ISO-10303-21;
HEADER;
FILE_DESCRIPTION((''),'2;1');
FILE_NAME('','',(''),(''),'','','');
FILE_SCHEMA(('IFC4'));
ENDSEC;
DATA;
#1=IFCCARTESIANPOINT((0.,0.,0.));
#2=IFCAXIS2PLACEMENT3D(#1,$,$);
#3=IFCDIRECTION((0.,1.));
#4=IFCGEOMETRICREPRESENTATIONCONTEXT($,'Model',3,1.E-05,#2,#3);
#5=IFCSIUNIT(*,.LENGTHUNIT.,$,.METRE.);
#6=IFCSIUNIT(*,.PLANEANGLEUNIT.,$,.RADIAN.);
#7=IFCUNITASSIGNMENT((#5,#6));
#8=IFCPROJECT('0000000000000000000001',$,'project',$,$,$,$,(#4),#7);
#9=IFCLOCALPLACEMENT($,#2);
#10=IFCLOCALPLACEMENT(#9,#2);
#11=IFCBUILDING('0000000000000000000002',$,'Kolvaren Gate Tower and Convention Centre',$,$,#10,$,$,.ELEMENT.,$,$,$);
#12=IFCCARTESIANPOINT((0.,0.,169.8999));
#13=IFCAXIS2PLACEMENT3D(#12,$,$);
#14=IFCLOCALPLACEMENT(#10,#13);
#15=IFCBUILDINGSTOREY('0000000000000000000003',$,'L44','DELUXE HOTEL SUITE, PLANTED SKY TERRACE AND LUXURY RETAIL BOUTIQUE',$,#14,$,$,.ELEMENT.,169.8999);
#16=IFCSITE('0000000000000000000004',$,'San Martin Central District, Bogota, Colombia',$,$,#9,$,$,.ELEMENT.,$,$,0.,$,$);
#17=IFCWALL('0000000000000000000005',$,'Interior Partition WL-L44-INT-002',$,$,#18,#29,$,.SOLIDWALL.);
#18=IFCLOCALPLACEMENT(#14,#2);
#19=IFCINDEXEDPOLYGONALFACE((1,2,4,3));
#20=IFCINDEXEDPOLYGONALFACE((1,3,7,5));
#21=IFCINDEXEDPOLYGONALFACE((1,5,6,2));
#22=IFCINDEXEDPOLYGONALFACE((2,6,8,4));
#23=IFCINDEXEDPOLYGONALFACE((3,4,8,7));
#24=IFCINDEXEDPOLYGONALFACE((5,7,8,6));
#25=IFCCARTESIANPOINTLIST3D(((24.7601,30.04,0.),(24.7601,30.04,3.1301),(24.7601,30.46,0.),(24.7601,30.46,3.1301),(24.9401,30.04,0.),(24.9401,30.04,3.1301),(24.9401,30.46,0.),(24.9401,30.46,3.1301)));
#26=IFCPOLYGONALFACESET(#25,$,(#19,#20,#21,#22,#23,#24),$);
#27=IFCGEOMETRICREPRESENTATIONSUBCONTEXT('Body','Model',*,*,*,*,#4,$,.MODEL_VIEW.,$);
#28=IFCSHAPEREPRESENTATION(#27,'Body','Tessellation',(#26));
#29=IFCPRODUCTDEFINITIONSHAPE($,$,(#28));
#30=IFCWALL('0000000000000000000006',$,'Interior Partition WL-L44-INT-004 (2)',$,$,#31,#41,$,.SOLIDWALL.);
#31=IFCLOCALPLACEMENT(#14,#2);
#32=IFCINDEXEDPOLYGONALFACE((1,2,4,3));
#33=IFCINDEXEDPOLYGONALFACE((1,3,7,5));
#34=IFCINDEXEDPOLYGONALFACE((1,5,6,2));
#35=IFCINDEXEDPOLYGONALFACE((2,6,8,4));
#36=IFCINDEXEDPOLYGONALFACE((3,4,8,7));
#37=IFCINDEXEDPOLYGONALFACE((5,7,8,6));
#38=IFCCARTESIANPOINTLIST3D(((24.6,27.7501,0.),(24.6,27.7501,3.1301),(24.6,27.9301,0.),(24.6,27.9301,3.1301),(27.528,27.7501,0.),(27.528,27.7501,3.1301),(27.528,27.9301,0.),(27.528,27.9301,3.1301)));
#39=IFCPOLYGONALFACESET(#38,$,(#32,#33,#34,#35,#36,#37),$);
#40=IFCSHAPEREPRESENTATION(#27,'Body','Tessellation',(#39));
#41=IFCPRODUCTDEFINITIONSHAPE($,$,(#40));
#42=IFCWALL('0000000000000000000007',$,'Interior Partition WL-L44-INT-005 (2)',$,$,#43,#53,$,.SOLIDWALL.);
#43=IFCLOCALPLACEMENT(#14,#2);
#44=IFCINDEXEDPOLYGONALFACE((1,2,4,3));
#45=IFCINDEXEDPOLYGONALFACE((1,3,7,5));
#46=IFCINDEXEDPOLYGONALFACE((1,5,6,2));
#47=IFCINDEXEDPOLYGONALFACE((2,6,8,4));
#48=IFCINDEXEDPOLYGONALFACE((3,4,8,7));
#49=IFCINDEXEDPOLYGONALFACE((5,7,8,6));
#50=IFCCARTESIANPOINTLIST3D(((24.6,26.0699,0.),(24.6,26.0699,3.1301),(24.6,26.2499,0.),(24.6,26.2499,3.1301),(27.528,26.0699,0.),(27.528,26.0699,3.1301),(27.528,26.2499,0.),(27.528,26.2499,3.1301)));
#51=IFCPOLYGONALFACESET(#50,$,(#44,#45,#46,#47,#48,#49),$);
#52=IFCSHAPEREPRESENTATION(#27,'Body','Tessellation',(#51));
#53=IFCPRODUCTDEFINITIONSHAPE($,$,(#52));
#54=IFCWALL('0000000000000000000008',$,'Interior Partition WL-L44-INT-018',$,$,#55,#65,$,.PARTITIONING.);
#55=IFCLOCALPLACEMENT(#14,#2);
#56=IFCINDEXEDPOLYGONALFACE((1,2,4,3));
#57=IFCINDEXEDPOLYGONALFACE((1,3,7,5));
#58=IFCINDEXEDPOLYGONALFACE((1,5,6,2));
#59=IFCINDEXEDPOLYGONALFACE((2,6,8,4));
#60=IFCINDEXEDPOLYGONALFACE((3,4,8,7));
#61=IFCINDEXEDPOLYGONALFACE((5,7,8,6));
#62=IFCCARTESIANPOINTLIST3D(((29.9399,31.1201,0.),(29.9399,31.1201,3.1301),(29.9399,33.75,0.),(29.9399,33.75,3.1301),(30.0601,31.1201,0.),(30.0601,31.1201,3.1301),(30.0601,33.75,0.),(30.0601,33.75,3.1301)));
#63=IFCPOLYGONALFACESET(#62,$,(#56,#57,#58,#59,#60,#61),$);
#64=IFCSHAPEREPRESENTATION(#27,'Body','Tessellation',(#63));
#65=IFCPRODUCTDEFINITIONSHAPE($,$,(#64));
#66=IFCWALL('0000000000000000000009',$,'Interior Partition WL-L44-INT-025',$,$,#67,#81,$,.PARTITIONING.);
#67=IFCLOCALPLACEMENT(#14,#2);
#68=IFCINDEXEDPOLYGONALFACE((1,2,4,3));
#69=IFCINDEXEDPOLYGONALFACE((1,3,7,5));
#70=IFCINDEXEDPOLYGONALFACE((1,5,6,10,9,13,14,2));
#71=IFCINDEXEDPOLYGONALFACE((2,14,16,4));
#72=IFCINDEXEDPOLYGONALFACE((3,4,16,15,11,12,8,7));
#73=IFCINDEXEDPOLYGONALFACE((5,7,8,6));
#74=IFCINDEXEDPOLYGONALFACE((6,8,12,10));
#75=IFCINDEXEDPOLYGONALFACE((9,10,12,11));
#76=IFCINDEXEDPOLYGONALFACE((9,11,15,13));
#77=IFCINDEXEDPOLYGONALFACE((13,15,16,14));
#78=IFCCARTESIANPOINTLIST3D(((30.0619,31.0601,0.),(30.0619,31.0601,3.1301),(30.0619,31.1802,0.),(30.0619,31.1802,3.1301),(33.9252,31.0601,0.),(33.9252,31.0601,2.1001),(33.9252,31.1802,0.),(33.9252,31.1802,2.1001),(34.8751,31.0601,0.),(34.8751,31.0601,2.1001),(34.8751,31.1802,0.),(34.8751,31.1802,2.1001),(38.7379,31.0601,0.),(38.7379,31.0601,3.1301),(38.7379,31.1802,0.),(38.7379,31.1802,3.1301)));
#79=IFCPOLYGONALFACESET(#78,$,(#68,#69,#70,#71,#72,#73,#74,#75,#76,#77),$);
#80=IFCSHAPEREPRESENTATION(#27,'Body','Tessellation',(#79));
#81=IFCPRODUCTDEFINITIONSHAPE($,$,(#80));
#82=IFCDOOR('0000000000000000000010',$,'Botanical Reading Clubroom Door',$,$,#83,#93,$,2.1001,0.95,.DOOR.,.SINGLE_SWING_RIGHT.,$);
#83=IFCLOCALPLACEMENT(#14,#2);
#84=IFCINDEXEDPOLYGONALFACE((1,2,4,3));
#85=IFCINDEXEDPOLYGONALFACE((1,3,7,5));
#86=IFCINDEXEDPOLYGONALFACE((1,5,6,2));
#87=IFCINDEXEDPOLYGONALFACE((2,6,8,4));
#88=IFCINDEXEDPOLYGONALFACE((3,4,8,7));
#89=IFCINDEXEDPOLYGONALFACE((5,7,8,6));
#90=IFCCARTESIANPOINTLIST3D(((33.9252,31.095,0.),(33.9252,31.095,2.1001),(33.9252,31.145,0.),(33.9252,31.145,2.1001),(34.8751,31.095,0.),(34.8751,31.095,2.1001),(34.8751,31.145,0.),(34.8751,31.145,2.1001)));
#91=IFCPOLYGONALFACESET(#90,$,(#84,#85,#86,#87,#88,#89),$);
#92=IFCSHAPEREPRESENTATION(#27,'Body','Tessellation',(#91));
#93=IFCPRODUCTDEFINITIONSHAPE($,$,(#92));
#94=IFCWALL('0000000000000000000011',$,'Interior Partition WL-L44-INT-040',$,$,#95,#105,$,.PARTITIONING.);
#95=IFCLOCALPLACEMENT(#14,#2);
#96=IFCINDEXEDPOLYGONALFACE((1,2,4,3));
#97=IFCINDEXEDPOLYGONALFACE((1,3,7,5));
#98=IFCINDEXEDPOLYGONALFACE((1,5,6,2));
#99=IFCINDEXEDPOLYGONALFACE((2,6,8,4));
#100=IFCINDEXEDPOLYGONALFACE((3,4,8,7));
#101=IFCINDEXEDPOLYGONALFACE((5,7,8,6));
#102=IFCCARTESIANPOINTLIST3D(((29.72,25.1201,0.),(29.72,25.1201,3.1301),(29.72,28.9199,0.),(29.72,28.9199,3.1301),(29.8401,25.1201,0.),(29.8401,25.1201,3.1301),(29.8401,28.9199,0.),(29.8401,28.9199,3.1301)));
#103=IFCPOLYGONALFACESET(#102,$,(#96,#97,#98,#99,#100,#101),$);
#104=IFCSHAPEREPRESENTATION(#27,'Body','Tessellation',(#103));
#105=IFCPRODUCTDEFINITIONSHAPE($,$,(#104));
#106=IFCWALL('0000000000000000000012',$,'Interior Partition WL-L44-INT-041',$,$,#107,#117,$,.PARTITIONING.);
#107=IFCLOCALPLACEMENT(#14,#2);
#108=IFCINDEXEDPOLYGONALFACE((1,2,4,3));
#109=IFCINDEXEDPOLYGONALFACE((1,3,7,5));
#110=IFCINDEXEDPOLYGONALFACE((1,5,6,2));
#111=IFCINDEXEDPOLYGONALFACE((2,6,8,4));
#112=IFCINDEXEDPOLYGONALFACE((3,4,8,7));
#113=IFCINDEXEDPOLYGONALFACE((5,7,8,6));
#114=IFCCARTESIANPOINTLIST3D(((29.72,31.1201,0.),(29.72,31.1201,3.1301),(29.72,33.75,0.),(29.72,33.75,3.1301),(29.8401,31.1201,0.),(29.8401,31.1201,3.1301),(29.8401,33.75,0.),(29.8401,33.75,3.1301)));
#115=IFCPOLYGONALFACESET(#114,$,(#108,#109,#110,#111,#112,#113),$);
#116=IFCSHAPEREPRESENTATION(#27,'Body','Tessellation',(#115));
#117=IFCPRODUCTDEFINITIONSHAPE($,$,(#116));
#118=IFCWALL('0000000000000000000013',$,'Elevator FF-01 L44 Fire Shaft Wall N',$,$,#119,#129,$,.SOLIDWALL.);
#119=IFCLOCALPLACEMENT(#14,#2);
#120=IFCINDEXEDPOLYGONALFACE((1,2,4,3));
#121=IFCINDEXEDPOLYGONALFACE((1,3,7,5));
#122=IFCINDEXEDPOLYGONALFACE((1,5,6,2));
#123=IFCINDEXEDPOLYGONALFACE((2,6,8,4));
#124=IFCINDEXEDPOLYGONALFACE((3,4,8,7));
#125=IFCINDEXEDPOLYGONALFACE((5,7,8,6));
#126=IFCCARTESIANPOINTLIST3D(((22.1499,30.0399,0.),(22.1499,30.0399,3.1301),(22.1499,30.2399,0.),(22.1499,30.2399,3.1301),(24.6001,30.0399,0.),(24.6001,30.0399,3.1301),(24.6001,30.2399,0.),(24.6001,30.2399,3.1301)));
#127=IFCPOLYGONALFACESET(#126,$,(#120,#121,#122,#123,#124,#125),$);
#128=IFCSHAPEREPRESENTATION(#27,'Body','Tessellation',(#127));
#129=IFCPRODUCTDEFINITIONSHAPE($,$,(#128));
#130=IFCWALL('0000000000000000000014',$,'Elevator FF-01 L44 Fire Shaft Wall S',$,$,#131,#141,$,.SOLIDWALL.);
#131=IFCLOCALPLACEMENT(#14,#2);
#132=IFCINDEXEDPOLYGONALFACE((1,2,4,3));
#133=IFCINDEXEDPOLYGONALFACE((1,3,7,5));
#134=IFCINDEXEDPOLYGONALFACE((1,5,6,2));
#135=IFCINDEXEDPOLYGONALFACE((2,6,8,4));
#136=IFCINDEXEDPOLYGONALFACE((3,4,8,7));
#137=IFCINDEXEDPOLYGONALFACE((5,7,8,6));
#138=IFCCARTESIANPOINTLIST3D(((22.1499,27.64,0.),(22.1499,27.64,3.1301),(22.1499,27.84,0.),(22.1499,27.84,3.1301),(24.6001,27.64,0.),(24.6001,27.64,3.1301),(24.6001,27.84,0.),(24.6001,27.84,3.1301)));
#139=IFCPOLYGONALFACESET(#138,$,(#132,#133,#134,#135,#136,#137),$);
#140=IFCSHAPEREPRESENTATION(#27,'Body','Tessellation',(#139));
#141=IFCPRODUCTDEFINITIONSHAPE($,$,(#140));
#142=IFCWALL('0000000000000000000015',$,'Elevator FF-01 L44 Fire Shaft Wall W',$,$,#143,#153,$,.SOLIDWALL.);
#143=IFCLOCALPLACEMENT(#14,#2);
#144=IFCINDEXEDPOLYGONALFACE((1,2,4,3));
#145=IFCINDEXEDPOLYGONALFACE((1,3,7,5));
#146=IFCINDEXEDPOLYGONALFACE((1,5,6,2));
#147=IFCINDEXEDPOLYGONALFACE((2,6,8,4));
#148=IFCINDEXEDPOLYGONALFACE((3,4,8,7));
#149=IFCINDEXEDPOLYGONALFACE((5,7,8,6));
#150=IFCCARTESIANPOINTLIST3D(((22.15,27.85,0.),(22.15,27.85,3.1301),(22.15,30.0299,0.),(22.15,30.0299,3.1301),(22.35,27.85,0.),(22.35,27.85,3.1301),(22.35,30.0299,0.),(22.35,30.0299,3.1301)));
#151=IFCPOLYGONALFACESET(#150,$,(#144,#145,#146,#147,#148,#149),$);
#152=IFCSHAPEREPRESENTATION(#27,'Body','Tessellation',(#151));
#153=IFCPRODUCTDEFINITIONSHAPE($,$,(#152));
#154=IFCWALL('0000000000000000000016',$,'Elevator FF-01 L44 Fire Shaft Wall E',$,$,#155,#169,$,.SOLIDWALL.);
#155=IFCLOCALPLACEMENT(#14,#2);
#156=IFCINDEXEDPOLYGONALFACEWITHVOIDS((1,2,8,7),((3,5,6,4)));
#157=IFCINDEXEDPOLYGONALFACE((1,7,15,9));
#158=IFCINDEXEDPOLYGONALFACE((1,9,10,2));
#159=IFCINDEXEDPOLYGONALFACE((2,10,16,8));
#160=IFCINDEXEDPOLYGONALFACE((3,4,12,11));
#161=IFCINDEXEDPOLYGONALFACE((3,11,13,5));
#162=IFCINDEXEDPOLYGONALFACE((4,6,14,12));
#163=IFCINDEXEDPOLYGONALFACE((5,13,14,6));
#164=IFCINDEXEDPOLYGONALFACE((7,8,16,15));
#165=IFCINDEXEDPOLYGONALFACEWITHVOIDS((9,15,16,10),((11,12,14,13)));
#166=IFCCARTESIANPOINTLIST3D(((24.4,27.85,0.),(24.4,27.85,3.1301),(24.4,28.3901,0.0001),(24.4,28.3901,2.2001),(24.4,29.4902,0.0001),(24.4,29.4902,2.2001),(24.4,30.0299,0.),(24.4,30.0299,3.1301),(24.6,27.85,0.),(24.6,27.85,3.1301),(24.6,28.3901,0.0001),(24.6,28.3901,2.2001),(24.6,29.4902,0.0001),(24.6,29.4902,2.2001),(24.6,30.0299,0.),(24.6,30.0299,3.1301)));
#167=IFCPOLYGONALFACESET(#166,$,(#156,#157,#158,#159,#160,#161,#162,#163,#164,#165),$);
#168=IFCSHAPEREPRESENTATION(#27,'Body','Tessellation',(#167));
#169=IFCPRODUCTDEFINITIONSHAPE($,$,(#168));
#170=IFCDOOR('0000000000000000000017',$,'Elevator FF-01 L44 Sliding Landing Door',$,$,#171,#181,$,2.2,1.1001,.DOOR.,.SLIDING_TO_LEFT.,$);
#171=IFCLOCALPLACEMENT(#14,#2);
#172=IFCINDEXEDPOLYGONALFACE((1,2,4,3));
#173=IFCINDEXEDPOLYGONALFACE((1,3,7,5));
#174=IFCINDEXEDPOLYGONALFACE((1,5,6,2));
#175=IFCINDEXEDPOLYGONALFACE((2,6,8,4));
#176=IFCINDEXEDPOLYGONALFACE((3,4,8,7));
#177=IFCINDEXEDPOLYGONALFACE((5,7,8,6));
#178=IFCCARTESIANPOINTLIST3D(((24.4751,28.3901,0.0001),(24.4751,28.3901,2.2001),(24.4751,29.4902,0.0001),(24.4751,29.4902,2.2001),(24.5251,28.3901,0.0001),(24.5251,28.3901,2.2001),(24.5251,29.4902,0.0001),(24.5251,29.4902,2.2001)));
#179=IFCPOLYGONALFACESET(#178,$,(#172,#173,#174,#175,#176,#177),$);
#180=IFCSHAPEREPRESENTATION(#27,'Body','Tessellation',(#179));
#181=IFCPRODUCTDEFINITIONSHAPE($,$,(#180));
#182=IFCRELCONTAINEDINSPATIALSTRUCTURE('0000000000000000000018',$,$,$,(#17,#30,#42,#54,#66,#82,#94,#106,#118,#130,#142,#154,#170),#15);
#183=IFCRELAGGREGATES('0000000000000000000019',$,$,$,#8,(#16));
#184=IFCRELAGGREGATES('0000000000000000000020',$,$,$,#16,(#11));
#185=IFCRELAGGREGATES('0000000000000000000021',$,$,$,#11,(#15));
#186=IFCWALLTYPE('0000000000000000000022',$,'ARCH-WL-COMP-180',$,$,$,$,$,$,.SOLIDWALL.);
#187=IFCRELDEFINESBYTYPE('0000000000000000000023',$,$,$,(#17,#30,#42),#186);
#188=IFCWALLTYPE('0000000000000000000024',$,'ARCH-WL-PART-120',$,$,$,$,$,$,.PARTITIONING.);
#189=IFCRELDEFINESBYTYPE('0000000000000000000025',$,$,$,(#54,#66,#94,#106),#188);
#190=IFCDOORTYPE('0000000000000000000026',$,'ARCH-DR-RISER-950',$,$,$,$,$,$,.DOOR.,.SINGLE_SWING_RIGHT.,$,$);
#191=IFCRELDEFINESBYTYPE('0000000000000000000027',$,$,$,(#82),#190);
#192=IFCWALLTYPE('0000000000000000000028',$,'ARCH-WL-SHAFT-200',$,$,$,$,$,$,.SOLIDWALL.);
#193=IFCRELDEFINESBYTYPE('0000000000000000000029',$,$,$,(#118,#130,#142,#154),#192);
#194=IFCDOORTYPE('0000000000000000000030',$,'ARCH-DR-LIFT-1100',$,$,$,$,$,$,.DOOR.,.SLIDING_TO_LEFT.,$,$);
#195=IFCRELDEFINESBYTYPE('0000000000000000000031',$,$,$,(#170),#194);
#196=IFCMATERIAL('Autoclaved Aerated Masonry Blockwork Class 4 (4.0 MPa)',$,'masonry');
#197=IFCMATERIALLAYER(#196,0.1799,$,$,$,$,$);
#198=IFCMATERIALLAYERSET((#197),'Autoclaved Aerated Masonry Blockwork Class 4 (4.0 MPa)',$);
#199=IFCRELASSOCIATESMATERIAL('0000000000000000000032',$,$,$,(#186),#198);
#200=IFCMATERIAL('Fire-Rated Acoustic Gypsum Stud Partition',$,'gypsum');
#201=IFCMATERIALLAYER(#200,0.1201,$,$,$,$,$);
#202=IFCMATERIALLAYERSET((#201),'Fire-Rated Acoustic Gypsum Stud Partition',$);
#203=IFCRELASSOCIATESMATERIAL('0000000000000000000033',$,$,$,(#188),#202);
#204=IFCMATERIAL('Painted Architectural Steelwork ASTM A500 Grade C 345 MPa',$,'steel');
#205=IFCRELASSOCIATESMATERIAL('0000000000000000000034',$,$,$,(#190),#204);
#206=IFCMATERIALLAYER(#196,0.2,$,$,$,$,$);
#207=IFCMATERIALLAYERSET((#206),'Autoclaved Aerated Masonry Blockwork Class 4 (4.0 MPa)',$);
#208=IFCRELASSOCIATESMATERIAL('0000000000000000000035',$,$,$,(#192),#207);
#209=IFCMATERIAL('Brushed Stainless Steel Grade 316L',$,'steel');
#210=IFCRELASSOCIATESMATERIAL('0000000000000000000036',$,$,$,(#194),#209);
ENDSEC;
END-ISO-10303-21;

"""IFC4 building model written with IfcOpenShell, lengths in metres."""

from ifc_helpers import new_model, si_unit, direction, frame, frame_2d, origin, place, context, subcontext, project, spatial, rectangle, extrude, material, layer, layer_set, type_object, element, fill, save


model = new_model("IFC4")

# Units and contexts
model_context = context("Model", 3, precision=1e-05, world=origin(), true_north=direction((0.0, 1.0)))
body_context = subcontext(model_context, "Body", "Model", "MODEL_VIEW")
ifc_project = project(units=[si_unit("LENGTHUNIT", "METRE"), si_unit("PLANEANGLEUNIT", "RADIAN")], contexts=[model_context])

# Site, building, storey
site_placement = place(None, origin())
site = spatial("IfcSite", under=ifc_project, at=site_placement, Name="San Martin Central District, Bogota, Colombia", CompositionType="ELEMENT", RefElevation=0.0)
building_placement = place(site_placement, origin())
building = spatial("IfcBuilding", under=site, at=building_placement, Name="Kolvaren Gate Tower and Convention Centre", CompositionType="ELEMENT")
storey_placement = place(building_placement, frame((0.0, 0.0, 169.8999)))
storey = spatial("IfcBuildingStorey", under=building, at=storey_placement, Name="L44", Description="DELUXE HOTEL SUITE, PLANTED SKY TERRACE AND LUXURY RETAIL BOUTIQUE", CompositionType="ELEMENT", Elevation=169.8999)

# Walls
ifc_material_1 = material(Name="Autoclaved Aerated Masonry Blockwork Class 4 (4.0 MPa)", Category="masonry")
ifc_layer_1 = layer(ifc_material_1, 0.1799)
ifc_layer_set_1 = layer_set([ifc_layer_1], Name="Autoclaved Aerated Masonry Blockwork Class 4 (4.0 MPa)")
wall_type_1 = type_object("IfcWallType", Name="ARCH-WL-COMP-180", PredefinedType="SOLIDWALL", material=ifc_layer_set_1)
wall_1_placement = place(storey_placement, frame((24.8501, 30.04, 0.0), z_axis=(0.0, 0.0, 1.0), x_axis=(0.0, 1.0, 0.0)))
element("IfcWall", 1, at=wall_1_placement, inside=storey, type_object=wall_type_1, Name="Interior Partition WL-L44-INT-002", PredefinedType="SOLIDWALL", context=body_context, shape_type="SweptSolid", body=[
    extrude(rectangle(XDim=0.4199, YDim=0.1799, at=frame_2d((0.21, 0.0))), origin(), (0.0, 0.0, 1.0), 3.1301),
])
for number, where, z_axis, x_axis, name in (
    (2, (24.6001, 27.8401, 0.0), (0.0, 0.0, 1.0), (1.0, 0.0, 0.0), "Interior Partition WL-L44-INT-004 (2)"),
    (3, (24.6001, 26.1599, 0.0), (0.0, 0.0, 1.0), (1.0, 0.0, 0.0), "Interior Partition WL-L44-INT-005 (2)"),
):
    element("IfcWall", number, at=place(storey_placement, frame(where, z_axis=z_axis, x_axis=x_axis)), inside=storey, type_object=wall_type_1, Name=name, PredefinedType="SOLIDWALL", context=body_context, shape_type="SweptSolid", body=[
        extrude(rectangle(XDim=2.928, YDim=0.1799, at=frame_2d((1.4639, 0.0))), origin(), (0.0, 0.0, 1.0), 3.1301),
    ])
ifc_material_2 = material(Name="Fire-Rated Acoustic Gypsum Stud Partition", Category="gypsum")
ifc_layer_2 = layer(ifc_material_2, 0.1201)
ifc_layer_set_2 = layer_set([ifc_layer_2], Name="Fire-Rated Acoustic Gypsum Stud Partition")
wall_type_2 = type_object("IfcWallType", Name="ARCH-WL-PART-120", PredefinedType="PARTITIONING", material=ifc_layer_set_2)
wall_2_placement = place(storey_placement, frame((30.0, 31.1201, 0.0), z_axis=(0.0, 0.0, 1.0), x_axis=(0.0, 1.0, 0.0)))
element("IfcWall", 4, at=wall_2_placement, inside=storey, type_object=wall_type_2, Name="Interior Partition WL-L44-INT-018", PredefinedType="PARTITIONING", context=body_context, shape_type="SweptSolid", body=[
    extrude(rectangle(XDim=2.6299, YDim=0.1201, at=frame_2d((1.3149, 0.0))), origin(), (0.0, 0.0, 1.0), 3.1301),
])

# Wall, opening, door
wall_3_placement = place(storey_placement, frame((30.062, 31.1201, 0.0), z_axis=(0.0, 0.0, 1.0), x_axis=(1.0, 0.0, 0.0)))
wall_3 = element("IfcWall", 5, at=wall_3_placement, inside=storey, type_object=wall_type_2, Name="Interior Partition WL-L44-INT-025", PredefinedType="PARTITIONING", context=body_context, shape_type="SweptSolid", body=[
    extrude(rectangle(XDim=8.676, YDim=0.1201, at=frame_2d((4.3379, 0.0))), origin(), (0.0, 0.0, 1.0), 3.1301),
])
opening_1_placement = place(wall_3_placement, frame((3.863, 0.0, 0.0)))
opening_1 = element("IfcOpeningElement", 6, at=opening_1_placement, cuts=wall_3, PredefinedType="OPENING", context=body_context, shape_type="SweptSolid", body=[
    extrude(rectangle(XDim=0.95, YDim=2.1001, at=frame_2d((0.4751, 1.05))), frame((0.0, 0.0701, 0.0), z_axis=(0.0, -1.0, 0.0), x_axis=(1.0, 0.0, 0.0)), (0.0, 0.0, 1.0), 0.1401),
])
ifc_material_3 = material(Name="Painted Architectural Steelwork ASTM A500 Grade C 345 MPa", Category="steel")
door_type_1 = type_object("IfcDoorType", Name="ARCH-DR-RISER-950", OperationType="SINGLE_SWING_RIGHT", PredefinedType="DOOR", material=ifc_material_3)
door_1_placement = place(opening_1_placement, origin())
door_1 = element("IfcDoor", 7, at=door_1_placement, inside=storey, type_object=door_type_1, Name="Botanical Reading Clubroom Door", OperationType="SINGLE_SWING_RIGHT", OverallHeight=2.1001, OverallWidth=0.95, PredefinedType="DOOR", context=body_context, shape_type="SweptSolid", body=[
    extrude(rectangle(XDim=0.95, YDim=2.1001, at=frame_2d((0.4751, 1.05))), frame((0.0, 0.0249, 0.0), z_axis=(0.0, -1.0, 0.0), x_axis=(1.0, 0.0, 0.0)), (0.0, 0.0, 1.0), 0.05),
])
fill(opening_1, door_1)

# Walls
wall_4_placement = place(storey_placement, frame((29.78, 25.1201, 0.0), z_axis=(0.0, 0.0, 1.0), x_axis=(0.0, 1.0, 0.0)))
element("IfcWall", 8, at=wall_4_placement, inside=storey, type_object=wall_type_2, Name="Interior Partition WL-L44-INT-040", PredefinedType="PARTITIONING", context=body_context, shape_type="SweptSolid", body=[
    extrude(rectangle(XDim=3.7998, YDim=0.1201, at=frame_2d((1.8999, 0.0))), origin(), (0.0, 0.0, 1.0), 3.1301),
])
wall_5_placement = place(storey_placement, frame((29.78, 31.1201, 0.0), z_axis=(0.0, 0.0, 1.0), x_axis=(0.0, 1.0, 0.0)))
element("IfcWall", 9, at=wall_5_placement, inside=storey, type_object=wall_type_2, Name="Interior Partition WL-L44-INT-041", PredefinedType="PARTITIONING", context=body_context, shape_type="SweptSolid", body=[
    extrude(rectangle(XDim=2.6299, YDim=0.1201, at=frame_2d((1.3149, 0.0))), origin(), (0.0, 0.0, 1.0), 3.1301),
])
ifc_layer_3 = layer(ifc_material_1, 0.2)
ifc_layer_set_3 = layer_set([ifc_layer_3], Name="Autoclaved Aerated Masonry Blockwork Class 4 (4.0 MPa)")
wall_type_3 = type_object("IfcWallType", Name="ARCH-WL-SHAFT-200", PredefinedType="SOLIDWALL", material=ifc_layer_set_3)
for number, where, z_axis, x_axis, name in (
    (10, (22.1499, 30.1399, 0.0), (0.0, 0.0, 1.0), (1.0, 0.0, 0.0), "Elevator FF-01 L44 Fire Shaft Wall N"),
    (11, (22.1499, 27.74, 0.0), (0.0, 0.0, 1.0), (1.0, 0.0, 0.0), "Elevator FF-01 L44 Fire Shaft Wall S"),
):
    element("IfcWall", number, at=place(storey_placement, frame(where, z_axis=z_axis, x_axis=x_axis)), inside=storey, type_object=wall_type_3, Name=name, PredefinedType="SOLIDWALL", context=body_context, shape_type="SweptSolid", body=[
        extrude(rectangle(XDim=2.4502, YDim=0.2, at=frame_2d((1.2251, 0.0))), origin(), (0.0, 0.0, 1.0), 3.1301),
    ])
wall_6_placement = place(storey_placement, frame((22.25, 27.8501, 0.0), z_axis=(0.0, 0.0, 1.0), x_axis=(0.0, 1.0, 0.0)))
element("IfcWall", 12, at=wall_6_placement, inside=storey, type_object=wall_type_3, Name="Elevator FF-01 L44 Fire Shaft Wall W", PredefinedType="SOLIDWALL", context=body_context, shape_type="SweptSolid", body=[
    extrude(rectangle(XDim=2.1799, YDim=0.2, at=frame_2d((1.0898, 0.0))), origin(), (0.0, 0.0, 1.0), 3.1301),
])

# Wall, opening, door
wall_7_placement = place(storey_placement, frame((24.5, 27.8501, 0.0), z_axis=(0.0, 0.0, 1.0), x_axis=(0.0, 1.0, 0.0)))
wall_7 = element("IfcWall", 13, at=wall_7_placement, inside=storey, type_object=wall_type_3, Name="Elevator FF-01 L44 Fire Shaft Wall E", PredefinedType="SOLIDWALL", context=body_context, shape_type="SweptSolid", body=[
    extrude(rectangle(XDim=2.1799, YDim=0.2, at=frame_2d((1.0898, 0.0))), origin(), (0.0, 0.0, 1.0), 3.1301),
])
opening_2_placement = place(wall_7_placement, frame((0.54, 0.0, 0.0)))
opening_2 = element("IfcOpeningElement", 14, at=opening_2_placement, cuts=wall_7, PredefinedType="OPENING", context=body_context, shape_type="SweptSolid", body=[
    extrude(rectangle(XDim=1.1001, YDim=2.2, at=frame_2d((0.55, 1.1001))), frame((0.0, 0.1099, 0.0), z_axis=(0.0, -1.0, 0.0), x_axis=(1.0, 0.0, 0.0)), (0.0, 0.0, 1.0), 0.22),
])
ifc_material_4 = material(Name="Brushed Stainless Steel Grade 316L", Category="steel")
door_type_2 = type_object("IfcDoorType", Name="ARCH-DR-LIFT-1100", OperationType="SLIDING_TO_LEFT", PredefinedType="DOOR", material=ifc_material_4)
door_2_placement = place(opening_2_placement, origin())
door_2 = element("IfcDoor", 15, at=door_2_placement, inside=storey, type_object=door_type_2, Name="Elevator FF-01 L44 Sliding Landing Door", OperationType="SLIDING_TO_LEFT", OverallHeight=2.2, OverallWidth=1.1001, PredefinedType="DOOR", context=body_context, shape_type="SweptSolid", body=[
    extrude(rectangle(XDim=1.1001, YDim=2.2, at=frame_2d((0.55, 1.1001))), frame((0.0, 0.0249, 0.0), z_axis=(0.0, -1.0, 0.0), x_axis=(1.0, 0.0, 0.0)), (0.0, 0.0, 1.0), 0.05),
])
fill(opening_2, door_2)

save(model, "model.ifc")
